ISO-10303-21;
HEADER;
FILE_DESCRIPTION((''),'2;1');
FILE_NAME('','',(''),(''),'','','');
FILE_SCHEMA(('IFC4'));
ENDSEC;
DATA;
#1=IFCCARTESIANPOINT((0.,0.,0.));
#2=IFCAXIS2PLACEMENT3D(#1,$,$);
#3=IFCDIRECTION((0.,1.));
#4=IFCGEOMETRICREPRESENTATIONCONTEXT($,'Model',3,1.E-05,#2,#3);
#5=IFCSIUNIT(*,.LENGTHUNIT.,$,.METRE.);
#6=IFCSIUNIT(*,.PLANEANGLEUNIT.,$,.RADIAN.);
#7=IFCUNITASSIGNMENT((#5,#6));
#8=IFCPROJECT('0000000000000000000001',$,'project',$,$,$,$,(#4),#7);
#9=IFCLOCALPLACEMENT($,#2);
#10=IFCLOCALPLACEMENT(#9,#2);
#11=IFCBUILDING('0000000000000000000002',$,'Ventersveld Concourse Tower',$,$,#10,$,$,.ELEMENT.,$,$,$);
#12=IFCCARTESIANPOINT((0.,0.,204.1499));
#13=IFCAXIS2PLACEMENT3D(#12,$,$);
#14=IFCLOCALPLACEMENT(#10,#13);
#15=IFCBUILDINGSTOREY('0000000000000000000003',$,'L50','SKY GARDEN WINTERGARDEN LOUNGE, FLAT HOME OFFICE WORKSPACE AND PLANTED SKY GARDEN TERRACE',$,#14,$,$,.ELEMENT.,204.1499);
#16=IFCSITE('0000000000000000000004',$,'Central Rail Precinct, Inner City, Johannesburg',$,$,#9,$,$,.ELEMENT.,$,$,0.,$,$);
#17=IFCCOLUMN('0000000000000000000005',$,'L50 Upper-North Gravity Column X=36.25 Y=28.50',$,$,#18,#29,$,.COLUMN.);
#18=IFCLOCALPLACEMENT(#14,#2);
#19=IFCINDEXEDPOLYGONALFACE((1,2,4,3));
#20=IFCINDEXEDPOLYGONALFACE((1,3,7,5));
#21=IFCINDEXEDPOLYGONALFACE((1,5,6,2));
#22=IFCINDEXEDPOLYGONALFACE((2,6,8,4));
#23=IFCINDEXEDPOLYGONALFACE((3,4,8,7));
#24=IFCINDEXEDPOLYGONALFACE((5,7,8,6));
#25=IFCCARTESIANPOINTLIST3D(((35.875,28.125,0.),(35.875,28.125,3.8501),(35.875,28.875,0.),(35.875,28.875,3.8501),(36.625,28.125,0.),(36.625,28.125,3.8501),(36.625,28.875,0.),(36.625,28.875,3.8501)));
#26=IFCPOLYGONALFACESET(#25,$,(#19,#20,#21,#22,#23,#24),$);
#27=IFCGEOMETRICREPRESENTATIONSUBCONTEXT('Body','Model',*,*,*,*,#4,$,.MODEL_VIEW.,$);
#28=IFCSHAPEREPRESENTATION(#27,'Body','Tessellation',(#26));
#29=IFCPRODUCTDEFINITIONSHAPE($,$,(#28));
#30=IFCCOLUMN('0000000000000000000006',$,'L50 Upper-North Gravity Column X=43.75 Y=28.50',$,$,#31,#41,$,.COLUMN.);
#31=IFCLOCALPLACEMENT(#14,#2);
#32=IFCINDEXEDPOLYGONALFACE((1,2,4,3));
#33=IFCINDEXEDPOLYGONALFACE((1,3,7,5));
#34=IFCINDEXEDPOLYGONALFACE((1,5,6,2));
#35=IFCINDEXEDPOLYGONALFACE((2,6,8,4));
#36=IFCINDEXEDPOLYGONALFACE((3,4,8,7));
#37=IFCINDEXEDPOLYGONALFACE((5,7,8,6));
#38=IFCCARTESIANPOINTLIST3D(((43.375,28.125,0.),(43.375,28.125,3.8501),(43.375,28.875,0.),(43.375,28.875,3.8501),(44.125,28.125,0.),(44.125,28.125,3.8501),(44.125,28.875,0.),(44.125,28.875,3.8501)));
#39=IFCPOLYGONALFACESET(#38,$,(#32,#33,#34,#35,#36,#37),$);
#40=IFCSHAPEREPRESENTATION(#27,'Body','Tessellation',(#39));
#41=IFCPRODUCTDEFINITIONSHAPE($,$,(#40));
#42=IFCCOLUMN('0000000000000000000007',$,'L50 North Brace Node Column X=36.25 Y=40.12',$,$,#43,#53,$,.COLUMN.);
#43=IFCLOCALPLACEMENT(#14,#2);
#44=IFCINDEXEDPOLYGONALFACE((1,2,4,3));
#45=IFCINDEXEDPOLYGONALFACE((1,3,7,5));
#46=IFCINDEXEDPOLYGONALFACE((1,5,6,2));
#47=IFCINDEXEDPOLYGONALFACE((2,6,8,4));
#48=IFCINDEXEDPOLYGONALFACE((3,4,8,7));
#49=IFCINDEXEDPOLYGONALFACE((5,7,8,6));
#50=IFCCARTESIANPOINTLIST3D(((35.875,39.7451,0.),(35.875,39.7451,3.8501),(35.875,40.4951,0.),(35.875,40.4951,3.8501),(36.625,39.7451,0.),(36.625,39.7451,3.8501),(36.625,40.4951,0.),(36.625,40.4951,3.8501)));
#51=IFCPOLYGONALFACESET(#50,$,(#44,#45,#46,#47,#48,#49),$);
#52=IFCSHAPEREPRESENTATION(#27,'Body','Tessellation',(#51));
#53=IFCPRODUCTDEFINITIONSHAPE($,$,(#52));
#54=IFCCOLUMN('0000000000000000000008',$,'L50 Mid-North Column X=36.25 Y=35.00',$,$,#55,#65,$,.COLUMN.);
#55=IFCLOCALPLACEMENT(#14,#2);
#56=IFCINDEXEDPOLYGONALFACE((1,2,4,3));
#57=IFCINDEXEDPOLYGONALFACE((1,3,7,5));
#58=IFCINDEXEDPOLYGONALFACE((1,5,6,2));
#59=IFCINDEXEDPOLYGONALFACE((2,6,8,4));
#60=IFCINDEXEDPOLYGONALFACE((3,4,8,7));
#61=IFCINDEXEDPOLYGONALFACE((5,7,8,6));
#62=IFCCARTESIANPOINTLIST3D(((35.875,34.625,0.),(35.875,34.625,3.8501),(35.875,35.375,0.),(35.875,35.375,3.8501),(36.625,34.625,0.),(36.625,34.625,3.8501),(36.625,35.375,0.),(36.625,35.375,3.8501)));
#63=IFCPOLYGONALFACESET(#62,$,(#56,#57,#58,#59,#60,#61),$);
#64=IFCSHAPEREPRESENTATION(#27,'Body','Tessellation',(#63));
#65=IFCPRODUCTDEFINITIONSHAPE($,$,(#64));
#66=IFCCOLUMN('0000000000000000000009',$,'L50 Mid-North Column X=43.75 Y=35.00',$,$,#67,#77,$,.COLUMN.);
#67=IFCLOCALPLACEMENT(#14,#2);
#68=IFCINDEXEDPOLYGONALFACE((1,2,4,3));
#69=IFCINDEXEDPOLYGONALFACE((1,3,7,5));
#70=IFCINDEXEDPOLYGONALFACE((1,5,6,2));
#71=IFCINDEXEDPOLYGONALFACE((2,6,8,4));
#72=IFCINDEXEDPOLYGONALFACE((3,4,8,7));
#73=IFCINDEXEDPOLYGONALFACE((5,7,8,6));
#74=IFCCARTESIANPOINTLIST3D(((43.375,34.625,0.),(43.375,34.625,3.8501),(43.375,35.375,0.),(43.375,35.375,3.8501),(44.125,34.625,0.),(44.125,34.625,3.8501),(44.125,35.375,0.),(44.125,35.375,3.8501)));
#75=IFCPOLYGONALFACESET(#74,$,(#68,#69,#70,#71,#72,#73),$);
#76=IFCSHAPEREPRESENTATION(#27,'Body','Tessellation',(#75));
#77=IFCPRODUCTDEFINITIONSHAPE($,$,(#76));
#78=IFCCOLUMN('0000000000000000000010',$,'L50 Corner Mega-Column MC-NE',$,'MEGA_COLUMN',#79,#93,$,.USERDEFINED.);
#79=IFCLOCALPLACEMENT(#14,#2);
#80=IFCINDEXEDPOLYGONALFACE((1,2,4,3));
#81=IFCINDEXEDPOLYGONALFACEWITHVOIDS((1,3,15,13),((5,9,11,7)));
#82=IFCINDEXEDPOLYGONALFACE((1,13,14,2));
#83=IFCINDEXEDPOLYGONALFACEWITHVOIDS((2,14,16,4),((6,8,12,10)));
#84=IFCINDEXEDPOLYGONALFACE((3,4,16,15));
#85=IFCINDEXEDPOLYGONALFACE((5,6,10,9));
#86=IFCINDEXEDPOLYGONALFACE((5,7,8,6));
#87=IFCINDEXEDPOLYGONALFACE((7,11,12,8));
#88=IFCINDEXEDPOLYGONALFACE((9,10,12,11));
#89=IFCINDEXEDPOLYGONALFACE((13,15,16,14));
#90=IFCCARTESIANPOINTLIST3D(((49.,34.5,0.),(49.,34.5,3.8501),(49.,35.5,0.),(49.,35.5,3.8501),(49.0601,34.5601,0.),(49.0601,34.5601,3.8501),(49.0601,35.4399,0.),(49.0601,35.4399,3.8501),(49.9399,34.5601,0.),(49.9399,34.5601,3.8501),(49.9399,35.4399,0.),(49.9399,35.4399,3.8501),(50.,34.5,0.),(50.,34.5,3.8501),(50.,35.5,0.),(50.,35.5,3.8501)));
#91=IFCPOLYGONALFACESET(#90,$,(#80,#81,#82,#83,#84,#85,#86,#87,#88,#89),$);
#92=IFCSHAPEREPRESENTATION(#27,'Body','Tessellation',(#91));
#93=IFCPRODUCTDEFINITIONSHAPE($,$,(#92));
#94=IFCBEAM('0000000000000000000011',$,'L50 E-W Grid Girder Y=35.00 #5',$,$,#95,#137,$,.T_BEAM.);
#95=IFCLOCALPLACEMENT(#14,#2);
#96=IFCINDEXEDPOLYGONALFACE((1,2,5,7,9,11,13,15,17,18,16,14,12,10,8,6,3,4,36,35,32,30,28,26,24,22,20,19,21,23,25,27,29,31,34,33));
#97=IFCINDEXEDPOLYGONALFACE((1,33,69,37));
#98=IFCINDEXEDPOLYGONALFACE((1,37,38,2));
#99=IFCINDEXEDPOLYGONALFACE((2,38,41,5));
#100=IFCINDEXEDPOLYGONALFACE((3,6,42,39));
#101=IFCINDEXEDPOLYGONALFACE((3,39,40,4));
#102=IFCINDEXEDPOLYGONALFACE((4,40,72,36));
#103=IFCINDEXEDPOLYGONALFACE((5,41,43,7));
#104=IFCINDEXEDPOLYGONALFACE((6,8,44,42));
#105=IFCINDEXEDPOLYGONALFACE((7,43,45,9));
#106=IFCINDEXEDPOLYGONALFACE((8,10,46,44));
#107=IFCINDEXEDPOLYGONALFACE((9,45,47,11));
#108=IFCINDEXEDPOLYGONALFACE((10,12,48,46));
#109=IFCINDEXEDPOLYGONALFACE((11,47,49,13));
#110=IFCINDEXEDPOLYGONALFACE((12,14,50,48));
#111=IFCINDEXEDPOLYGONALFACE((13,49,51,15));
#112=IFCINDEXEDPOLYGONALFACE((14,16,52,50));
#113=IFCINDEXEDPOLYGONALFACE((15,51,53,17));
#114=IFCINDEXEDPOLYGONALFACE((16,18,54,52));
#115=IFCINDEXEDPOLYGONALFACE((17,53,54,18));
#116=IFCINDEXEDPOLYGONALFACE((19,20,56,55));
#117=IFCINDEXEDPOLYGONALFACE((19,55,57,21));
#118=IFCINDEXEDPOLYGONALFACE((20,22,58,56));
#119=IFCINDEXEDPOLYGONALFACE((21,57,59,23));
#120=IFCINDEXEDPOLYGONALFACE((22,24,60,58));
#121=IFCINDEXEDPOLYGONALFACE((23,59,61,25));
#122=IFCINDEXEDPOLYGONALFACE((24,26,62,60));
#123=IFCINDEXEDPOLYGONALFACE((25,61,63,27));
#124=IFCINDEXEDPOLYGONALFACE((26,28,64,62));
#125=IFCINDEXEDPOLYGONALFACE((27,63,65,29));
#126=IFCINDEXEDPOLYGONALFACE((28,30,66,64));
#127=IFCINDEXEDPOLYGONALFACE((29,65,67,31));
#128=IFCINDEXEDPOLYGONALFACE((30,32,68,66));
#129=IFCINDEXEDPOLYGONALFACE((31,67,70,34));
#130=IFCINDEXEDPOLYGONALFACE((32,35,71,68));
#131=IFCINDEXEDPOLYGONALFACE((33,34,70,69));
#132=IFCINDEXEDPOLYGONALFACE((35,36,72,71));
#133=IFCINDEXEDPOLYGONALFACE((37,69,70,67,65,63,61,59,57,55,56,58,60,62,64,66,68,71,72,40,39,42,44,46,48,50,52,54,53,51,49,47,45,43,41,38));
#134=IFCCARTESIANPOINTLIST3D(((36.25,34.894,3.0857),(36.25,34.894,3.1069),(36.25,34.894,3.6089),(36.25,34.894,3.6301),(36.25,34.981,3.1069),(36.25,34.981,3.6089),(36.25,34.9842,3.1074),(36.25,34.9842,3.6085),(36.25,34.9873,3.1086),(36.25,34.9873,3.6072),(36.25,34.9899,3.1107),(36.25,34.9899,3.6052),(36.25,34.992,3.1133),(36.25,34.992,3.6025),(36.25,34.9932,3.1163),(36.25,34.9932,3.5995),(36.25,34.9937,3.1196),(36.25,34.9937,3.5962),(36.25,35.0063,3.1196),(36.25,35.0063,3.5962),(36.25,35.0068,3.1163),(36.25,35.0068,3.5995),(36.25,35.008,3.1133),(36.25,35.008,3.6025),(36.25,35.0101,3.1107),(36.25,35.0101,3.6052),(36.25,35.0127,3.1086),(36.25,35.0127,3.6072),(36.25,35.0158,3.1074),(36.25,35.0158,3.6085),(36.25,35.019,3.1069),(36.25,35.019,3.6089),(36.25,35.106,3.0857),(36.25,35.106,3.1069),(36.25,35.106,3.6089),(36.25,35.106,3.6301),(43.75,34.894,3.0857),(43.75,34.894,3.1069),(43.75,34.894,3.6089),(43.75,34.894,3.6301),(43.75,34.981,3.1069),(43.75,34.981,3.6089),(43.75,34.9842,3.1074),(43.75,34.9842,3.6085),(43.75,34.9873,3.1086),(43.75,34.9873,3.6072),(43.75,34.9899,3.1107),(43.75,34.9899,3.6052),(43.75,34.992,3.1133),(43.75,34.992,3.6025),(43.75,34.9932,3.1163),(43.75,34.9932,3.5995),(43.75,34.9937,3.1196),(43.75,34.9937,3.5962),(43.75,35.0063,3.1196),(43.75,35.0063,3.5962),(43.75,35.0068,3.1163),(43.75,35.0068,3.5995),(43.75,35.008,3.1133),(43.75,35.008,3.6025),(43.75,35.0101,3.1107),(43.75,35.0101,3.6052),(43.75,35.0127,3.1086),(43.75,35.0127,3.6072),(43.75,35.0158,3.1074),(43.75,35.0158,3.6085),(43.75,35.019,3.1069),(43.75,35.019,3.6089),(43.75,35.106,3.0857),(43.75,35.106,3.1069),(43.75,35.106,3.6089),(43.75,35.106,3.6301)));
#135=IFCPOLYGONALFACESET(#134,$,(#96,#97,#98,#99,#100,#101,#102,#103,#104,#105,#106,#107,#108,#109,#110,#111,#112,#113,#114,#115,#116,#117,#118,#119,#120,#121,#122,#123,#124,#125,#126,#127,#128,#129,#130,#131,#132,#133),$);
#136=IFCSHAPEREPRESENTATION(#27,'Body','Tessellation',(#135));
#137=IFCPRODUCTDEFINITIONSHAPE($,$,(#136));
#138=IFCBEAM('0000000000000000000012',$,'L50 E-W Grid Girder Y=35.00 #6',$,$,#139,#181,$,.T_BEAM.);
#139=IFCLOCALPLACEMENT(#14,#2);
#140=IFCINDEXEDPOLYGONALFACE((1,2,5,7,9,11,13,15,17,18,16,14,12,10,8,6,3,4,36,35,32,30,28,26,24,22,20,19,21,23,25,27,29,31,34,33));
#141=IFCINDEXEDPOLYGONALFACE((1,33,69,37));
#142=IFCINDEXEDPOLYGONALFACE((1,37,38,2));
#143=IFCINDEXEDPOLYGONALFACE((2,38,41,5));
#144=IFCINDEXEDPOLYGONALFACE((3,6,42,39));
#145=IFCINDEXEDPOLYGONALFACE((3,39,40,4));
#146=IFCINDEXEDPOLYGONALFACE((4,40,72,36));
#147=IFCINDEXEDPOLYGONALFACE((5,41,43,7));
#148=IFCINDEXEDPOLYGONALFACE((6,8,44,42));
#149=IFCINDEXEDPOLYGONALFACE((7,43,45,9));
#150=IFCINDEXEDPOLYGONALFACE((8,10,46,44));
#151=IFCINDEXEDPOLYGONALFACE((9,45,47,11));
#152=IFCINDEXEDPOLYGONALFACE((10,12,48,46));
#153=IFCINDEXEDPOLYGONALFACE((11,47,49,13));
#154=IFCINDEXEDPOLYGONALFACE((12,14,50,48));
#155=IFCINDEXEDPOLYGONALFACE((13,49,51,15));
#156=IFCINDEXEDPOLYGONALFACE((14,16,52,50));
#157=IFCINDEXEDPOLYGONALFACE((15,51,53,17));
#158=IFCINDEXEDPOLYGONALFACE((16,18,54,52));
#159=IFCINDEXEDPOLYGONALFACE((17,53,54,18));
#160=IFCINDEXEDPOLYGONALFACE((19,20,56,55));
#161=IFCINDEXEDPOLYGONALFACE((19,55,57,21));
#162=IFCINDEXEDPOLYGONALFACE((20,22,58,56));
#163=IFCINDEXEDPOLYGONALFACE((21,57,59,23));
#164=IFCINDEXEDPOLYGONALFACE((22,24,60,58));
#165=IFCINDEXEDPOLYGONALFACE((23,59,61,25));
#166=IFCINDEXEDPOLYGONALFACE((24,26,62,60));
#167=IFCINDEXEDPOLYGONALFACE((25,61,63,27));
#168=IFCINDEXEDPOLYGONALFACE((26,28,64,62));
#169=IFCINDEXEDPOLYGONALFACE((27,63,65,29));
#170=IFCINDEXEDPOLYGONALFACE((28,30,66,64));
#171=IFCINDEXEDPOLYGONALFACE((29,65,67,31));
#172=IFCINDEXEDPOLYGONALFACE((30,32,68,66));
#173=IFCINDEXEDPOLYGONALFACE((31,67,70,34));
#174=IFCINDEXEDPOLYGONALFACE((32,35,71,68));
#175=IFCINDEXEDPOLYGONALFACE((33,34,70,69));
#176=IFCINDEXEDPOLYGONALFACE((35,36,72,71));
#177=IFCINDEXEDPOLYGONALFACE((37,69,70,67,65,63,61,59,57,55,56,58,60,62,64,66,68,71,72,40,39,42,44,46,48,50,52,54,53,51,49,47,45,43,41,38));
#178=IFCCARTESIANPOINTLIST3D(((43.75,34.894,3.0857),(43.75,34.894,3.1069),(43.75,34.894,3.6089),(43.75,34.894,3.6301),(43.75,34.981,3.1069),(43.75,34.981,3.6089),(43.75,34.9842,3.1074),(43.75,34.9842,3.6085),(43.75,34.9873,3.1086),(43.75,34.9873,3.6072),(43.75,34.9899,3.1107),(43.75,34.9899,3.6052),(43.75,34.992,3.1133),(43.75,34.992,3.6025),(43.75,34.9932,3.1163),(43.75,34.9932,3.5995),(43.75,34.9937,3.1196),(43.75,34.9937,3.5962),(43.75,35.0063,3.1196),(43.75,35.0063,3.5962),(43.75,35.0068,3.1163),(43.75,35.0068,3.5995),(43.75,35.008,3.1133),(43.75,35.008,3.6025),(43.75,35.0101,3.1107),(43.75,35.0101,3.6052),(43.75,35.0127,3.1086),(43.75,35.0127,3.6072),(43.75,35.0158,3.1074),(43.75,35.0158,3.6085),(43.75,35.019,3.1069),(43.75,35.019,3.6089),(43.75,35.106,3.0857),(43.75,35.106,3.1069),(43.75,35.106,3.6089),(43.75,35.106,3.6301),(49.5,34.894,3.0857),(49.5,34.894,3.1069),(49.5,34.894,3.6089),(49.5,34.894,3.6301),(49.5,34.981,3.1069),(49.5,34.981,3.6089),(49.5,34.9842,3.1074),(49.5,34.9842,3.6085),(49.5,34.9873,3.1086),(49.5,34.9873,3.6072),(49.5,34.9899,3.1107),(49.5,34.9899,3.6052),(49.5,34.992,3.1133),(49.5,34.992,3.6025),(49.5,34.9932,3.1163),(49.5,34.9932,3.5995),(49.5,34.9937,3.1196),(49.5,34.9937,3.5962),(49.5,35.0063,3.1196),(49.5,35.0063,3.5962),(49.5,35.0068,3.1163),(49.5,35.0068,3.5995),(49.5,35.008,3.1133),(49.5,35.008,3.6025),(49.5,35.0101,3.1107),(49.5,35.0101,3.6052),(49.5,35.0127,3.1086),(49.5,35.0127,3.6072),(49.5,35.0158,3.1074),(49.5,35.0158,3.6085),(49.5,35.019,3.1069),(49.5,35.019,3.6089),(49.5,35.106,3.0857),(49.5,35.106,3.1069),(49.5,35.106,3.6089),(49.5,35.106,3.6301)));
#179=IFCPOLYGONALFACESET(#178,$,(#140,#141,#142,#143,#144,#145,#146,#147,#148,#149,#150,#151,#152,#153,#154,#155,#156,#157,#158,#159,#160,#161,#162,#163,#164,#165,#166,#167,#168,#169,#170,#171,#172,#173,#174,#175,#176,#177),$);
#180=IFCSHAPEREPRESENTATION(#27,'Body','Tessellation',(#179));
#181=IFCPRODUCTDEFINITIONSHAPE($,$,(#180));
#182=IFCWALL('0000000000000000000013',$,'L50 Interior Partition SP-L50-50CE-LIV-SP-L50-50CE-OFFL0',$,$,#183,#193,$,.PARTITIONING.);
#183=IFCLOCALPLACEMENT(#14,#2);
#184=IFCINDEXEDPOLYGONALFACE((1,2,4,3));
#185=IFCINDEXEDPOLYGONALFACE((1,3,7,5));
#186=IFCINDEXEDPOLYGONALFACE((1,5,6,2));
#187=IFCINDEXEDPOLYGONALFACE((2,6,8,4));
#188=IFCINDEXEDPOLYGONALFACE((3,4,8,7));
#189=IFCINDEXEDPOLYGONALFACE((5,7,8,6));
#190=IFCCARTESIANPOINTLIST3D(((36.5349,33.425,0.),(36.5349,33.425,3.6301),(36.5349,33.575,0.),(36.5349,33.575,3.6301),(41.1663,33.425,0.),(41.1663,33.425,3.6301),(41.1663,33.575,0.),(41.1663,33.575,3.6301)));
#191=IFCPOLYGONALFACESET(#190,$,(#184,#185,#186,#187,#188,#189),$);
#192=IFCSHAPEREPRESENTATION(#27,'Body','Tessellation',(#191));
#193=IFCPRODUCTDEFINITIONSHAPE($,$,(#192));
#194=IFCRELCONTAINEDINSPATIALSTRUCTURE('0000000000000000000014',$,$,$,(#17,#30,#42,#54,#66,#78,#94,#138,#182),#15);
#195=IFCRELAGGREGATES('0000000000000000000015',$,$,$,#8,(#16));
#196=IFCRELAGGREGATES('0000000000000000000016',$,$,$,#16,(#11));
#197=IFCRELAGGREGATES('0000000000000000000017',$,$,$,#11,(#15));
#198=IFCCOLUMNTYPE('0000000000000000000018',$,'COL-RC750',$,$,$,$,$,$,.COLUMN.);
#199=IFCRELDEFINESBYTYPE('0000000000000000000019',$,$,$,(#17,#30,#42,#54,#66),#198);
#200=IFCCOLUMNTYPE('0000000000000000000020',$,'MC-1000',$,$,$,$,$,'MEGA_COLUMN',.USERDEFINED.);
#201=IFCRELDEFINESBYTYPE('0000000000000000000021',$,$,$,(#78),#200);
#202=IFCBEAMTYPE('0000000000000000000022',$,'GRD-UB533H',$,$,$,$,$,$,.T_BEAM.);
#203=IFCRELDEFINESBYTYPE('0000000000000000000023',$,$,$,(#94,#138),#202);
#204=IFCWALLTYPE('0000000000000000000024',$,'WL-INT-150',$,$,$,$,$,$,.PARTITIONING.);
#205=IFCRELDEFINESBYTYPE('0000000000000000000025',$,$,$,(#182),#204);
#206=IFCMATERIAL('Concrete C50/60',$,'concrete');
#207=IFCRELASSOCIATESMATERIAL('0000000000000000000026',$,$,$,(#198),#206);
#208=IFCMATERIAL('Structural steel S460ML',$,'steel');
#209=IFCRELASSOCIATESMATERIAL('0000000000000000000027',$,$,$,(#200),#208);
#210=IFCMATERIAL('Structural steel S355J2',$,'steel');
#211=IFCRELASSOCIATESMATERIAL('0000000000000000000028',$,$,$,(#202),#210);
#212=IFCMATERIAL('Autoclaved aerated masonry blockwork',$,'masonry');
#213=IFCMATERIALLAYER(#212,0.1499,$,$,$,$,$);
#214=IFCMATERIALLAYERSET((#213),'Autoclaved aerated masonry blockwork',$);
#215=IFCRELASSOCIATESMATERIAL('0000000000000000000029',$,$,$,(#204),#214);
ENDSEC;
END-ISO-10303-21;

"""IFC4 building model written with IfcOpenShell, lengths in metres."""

from ifc_helpers import new_model, si_unit, direction, frame, frame_2d, origin, origin_2d, place, context, subcontext, project, spatial, rectangle, hollow_rectangle, i_section, extrude, material, layer, layer_set, material_profile, profile_set, type_object, element, save


model = new_model("IFC4")

# Units and contexts
model_context = context("Model", 3, precision=1e-05, world=origin(), true_north=direction((0.0, 1.0)))
body_context = subcontext(model_context, "Body", "Model", "MODEL_VIEW")
ifc_project = project(units=[si_unit("LENGTHUNIT", "METRE"), si_unit("PLANEANGLEUNIT", "RADIAN")], contexts=[model_context])

# Site, building, storey
site_placement = place(None, origin())
site = spatial("IfcSite", under=ifc_project, at=site_placement, Name="Central Rail Precinct, Inner City, Johannesburg", CompositionType="ELEMENT", RefElevation=0.0)
building_placement = place(site_placement, origin())
building = spatial("IfcBuilding", under=site, at=building_placement, Name="Ventersveld Concourse Tower", CompositionType="ELEMENT")
storey_placement = place(building_placement, frame((0.0, 0.0, 204.1499)))
storey = spatial("IfcBuildingStorey", under=building, at=storey_placement, Name="L50", Description="SKY GARDEN WINTERGARDEN LOUNGE, FLAT HOME OFFICE WORKSPACE AND PLANTED SKY GARDEN TERRACE", CompositionType="ELEMENT", Elevation=204.1499)

# Columns
ifc_material_1 = material(Name="Concrete C50/60", Category="concrete")
ifc_material_profile_1 = material_profile(ifc_material_1, rectangle(XDim=0.75, YDim=0.75, at=origin_2d()), Name="RC 750x750")
ifc_profile_set_1 = profile_set([ifc_material_profile_1], Name="Concrete C50/60")
column_type_1 = type_object("IfcColumnType", Name="COL-RC750", PredefinedType="COLUMN", material=ifc_profile_set_1)
for number, where, z_axis, x_axis, name in (
    (1, (36.25, 28.5, 0.0), (0.0, 0.0, 1.0), (1.0, 0.0, 0.0), "L50 Upper-North Gravity Column X=36.25 Y=28.50"),
    (2, (43.75, 28.5, 0.0), (0.0, 0.0, 1.0), (1.0, 0.0, 0.0), "L50 Upper-North Gravity Column X=43.75 Y=28.50"),
    (3, (36.25, 40.1201, 0.0), (0.0, 0.0, 1.0), (1.0, 0.0, 0.0), "L50 North Brace Node Column X=36.25 Y=40.12"),
    (4, (36.25, 35.0, 0.0), (0.0, 0.0, 1.0), (1.0, 0.0, 0.0), "L50 Mid-North Column X=36.25 Y=35.00"),
    (5, (43.75, 35.0, 0.0), (0.0, 0.0, 1.0), (1.0, 0.0, 0.0), "L50 Mid-North Column X=43.75 Y=35.00"),
):
    element("IfcColumn", number, at=place(storey_placement, frame(where, z_axis=z_axis, x_axis=x_axis)), inside=storey, type_object=column_type_1, Name=name, PredefinedType="COLUMN", context=body_context, shape_type="SweptSolid", body=[
        extrude(rectangle(XDim=0.75, YDim=0.75, at=origin_2d()), origin(), (0.0, 0.0, 1.0), 3.8501),
    ])
ifc_material_2 = material(Name="Structural steel S460ML", Category="steel")
ifc_material_profile_2 = material_profile(ifc_material_2, hollow_rectangle(XDim=1.0, YDim=1.0, WallThickness=0.0601, at=origin_2d()), Name="BOX 1000x1000x60")
ifc_profile_set_2 = profile_set([ifc_material_profile_2], Name="Structural steel S460ML")
column_type_2 = type_object("IfcColumnType", Name="MC-1000", ElementType="MEGA_COLUMN", PredefinedType="USERDEFINED", material=ifc_profile_set_2)
column_placement = place(storey_placement, frame((49.5, 35.0, 0.0), z_axis=(0.0, 0.0, 1.0), x_axis=(1.0, 0.0, 0.0)))
element("IfcColumn", 6, at=column_placement, inside=storey, type_object=column_type_2, Name="L50 Corner Mega-Column MC-NE", ObjectType="MEGA_COLUMN", PredefinedType="USERDEFINED", context=body_context, shape_type="SweptSolid", body=[
    extrude(hollow_rectangle(XDim=1.0, YDim=1.0, WallThickness=0.0601, at=origin_2d()), origin(), (0.0, 0.0, 1.0), 3.8501),
])

# Beams
ifc_material_3 = material(Name="Structural steel S355J2", Category="steel")
ifc_material_profile_3 = material_profile(ifc_material_3, i_section(OverallWidth=0.2119, OverallDepth=0.5444, WebThickness=0.0127, FlangeThickness=0.0212, FilletRadius=0.0127, at=origin_2d()), Name="UB 533x210x122")
ifc_profile_set_3 = profile_set([ifc_material_profile_3], Name="Structural steel S355J2")
beam_type = type_object("IfcBeamType", Name="GRD-UB533H", PredefinedType="T_BEAM", material=ifc_profile_set_3)
beam_1_placement = place(storey_placement, frame((36.25, 35.0, 3.3579), z_axis=(1.0, 0.0, 0.0), x_axis=(0.0, 1.0, 0.0)))
element("IfcBeam", 7, at=beam_1_placement, inside=storey, type_object=beam_type, Name="L50 E-W Grid Girder Y=35.00 #5", PredefinedType="T_BEAM", context=body_context, shape_type="SweptSolid", body=[
    extrude(i_section(OverallWidth=0.2119, OverallDepth=0.5444, WebThickness=0.0127, FlangeThickness=0.0212, FilletRadius=0.0127, at=origin_2d()), origin(), (0.0, 0.0, 1.0), 7.5),
])
beam_2_placement = place(storey_placement, frame((43.75, 35.0, 3.3579), z_axis=(1.0, 0.0, 0.0), x_axis=(0.0, 1.0, 0.0)))
element("IfcBeam", 8, at=beam_2_placement, inside=storey, type_object=beam_type, Name="L50 E-W Grid Girder Y=35.00 #6", PredefinedType="T_BEAM", context=body_context, shape_type="SweptSolid", body=[
    extrude(i_section(OverallWidth=0.2119, OverallDepth=0.5444, WebThickness=0.0127, FlangeThickness=0.0212, FilletRadius=0.0127, at=origin_2d()), origin(), (0.0, 0.0, 1.0), 5.75),
])

# Wall
ifc_material_4 = material(Name="Autoclaved aerated masonry blockwork", Category="masonry")
ifc_layer_1 = layer(ifc_material_4, 0.1499)
ifc_layer_set_1 = layer_set([ifc_layer_1], Name="Autoclaved aerated masonry blockwork")
wall_type_1 = type_object("IfcWallType", Name="WL-INT-150", PredefinedType="PARTITIONING", material=ifc_layer_set_1)
wall_1_placement = place(storey_placement, frame((36.5349, 33.5, 0.0), z_axis=(0.0, 0.0, 1.0), x_axis=(1.0, 0.0, 0.0)))
element("IfcWall", 9, at=wall_1_placement, inside=storey, type_object=wall_type_1, Name="L50 Interior Partition SP-L50-50CE-LIV-SP-L50-50CE-OFFL0", PredefinedType="PARTITIONING", context=body_context, shape_type="SweptSolid", body=[
    extrude(rectangle(XDim=4.6313, YDim=0.1499, at=frame_2d((2.3157, 0.0))), origin(), (0.0, 0.0, 1.0), 3.6301),
])

save(model, "model.ifc")
